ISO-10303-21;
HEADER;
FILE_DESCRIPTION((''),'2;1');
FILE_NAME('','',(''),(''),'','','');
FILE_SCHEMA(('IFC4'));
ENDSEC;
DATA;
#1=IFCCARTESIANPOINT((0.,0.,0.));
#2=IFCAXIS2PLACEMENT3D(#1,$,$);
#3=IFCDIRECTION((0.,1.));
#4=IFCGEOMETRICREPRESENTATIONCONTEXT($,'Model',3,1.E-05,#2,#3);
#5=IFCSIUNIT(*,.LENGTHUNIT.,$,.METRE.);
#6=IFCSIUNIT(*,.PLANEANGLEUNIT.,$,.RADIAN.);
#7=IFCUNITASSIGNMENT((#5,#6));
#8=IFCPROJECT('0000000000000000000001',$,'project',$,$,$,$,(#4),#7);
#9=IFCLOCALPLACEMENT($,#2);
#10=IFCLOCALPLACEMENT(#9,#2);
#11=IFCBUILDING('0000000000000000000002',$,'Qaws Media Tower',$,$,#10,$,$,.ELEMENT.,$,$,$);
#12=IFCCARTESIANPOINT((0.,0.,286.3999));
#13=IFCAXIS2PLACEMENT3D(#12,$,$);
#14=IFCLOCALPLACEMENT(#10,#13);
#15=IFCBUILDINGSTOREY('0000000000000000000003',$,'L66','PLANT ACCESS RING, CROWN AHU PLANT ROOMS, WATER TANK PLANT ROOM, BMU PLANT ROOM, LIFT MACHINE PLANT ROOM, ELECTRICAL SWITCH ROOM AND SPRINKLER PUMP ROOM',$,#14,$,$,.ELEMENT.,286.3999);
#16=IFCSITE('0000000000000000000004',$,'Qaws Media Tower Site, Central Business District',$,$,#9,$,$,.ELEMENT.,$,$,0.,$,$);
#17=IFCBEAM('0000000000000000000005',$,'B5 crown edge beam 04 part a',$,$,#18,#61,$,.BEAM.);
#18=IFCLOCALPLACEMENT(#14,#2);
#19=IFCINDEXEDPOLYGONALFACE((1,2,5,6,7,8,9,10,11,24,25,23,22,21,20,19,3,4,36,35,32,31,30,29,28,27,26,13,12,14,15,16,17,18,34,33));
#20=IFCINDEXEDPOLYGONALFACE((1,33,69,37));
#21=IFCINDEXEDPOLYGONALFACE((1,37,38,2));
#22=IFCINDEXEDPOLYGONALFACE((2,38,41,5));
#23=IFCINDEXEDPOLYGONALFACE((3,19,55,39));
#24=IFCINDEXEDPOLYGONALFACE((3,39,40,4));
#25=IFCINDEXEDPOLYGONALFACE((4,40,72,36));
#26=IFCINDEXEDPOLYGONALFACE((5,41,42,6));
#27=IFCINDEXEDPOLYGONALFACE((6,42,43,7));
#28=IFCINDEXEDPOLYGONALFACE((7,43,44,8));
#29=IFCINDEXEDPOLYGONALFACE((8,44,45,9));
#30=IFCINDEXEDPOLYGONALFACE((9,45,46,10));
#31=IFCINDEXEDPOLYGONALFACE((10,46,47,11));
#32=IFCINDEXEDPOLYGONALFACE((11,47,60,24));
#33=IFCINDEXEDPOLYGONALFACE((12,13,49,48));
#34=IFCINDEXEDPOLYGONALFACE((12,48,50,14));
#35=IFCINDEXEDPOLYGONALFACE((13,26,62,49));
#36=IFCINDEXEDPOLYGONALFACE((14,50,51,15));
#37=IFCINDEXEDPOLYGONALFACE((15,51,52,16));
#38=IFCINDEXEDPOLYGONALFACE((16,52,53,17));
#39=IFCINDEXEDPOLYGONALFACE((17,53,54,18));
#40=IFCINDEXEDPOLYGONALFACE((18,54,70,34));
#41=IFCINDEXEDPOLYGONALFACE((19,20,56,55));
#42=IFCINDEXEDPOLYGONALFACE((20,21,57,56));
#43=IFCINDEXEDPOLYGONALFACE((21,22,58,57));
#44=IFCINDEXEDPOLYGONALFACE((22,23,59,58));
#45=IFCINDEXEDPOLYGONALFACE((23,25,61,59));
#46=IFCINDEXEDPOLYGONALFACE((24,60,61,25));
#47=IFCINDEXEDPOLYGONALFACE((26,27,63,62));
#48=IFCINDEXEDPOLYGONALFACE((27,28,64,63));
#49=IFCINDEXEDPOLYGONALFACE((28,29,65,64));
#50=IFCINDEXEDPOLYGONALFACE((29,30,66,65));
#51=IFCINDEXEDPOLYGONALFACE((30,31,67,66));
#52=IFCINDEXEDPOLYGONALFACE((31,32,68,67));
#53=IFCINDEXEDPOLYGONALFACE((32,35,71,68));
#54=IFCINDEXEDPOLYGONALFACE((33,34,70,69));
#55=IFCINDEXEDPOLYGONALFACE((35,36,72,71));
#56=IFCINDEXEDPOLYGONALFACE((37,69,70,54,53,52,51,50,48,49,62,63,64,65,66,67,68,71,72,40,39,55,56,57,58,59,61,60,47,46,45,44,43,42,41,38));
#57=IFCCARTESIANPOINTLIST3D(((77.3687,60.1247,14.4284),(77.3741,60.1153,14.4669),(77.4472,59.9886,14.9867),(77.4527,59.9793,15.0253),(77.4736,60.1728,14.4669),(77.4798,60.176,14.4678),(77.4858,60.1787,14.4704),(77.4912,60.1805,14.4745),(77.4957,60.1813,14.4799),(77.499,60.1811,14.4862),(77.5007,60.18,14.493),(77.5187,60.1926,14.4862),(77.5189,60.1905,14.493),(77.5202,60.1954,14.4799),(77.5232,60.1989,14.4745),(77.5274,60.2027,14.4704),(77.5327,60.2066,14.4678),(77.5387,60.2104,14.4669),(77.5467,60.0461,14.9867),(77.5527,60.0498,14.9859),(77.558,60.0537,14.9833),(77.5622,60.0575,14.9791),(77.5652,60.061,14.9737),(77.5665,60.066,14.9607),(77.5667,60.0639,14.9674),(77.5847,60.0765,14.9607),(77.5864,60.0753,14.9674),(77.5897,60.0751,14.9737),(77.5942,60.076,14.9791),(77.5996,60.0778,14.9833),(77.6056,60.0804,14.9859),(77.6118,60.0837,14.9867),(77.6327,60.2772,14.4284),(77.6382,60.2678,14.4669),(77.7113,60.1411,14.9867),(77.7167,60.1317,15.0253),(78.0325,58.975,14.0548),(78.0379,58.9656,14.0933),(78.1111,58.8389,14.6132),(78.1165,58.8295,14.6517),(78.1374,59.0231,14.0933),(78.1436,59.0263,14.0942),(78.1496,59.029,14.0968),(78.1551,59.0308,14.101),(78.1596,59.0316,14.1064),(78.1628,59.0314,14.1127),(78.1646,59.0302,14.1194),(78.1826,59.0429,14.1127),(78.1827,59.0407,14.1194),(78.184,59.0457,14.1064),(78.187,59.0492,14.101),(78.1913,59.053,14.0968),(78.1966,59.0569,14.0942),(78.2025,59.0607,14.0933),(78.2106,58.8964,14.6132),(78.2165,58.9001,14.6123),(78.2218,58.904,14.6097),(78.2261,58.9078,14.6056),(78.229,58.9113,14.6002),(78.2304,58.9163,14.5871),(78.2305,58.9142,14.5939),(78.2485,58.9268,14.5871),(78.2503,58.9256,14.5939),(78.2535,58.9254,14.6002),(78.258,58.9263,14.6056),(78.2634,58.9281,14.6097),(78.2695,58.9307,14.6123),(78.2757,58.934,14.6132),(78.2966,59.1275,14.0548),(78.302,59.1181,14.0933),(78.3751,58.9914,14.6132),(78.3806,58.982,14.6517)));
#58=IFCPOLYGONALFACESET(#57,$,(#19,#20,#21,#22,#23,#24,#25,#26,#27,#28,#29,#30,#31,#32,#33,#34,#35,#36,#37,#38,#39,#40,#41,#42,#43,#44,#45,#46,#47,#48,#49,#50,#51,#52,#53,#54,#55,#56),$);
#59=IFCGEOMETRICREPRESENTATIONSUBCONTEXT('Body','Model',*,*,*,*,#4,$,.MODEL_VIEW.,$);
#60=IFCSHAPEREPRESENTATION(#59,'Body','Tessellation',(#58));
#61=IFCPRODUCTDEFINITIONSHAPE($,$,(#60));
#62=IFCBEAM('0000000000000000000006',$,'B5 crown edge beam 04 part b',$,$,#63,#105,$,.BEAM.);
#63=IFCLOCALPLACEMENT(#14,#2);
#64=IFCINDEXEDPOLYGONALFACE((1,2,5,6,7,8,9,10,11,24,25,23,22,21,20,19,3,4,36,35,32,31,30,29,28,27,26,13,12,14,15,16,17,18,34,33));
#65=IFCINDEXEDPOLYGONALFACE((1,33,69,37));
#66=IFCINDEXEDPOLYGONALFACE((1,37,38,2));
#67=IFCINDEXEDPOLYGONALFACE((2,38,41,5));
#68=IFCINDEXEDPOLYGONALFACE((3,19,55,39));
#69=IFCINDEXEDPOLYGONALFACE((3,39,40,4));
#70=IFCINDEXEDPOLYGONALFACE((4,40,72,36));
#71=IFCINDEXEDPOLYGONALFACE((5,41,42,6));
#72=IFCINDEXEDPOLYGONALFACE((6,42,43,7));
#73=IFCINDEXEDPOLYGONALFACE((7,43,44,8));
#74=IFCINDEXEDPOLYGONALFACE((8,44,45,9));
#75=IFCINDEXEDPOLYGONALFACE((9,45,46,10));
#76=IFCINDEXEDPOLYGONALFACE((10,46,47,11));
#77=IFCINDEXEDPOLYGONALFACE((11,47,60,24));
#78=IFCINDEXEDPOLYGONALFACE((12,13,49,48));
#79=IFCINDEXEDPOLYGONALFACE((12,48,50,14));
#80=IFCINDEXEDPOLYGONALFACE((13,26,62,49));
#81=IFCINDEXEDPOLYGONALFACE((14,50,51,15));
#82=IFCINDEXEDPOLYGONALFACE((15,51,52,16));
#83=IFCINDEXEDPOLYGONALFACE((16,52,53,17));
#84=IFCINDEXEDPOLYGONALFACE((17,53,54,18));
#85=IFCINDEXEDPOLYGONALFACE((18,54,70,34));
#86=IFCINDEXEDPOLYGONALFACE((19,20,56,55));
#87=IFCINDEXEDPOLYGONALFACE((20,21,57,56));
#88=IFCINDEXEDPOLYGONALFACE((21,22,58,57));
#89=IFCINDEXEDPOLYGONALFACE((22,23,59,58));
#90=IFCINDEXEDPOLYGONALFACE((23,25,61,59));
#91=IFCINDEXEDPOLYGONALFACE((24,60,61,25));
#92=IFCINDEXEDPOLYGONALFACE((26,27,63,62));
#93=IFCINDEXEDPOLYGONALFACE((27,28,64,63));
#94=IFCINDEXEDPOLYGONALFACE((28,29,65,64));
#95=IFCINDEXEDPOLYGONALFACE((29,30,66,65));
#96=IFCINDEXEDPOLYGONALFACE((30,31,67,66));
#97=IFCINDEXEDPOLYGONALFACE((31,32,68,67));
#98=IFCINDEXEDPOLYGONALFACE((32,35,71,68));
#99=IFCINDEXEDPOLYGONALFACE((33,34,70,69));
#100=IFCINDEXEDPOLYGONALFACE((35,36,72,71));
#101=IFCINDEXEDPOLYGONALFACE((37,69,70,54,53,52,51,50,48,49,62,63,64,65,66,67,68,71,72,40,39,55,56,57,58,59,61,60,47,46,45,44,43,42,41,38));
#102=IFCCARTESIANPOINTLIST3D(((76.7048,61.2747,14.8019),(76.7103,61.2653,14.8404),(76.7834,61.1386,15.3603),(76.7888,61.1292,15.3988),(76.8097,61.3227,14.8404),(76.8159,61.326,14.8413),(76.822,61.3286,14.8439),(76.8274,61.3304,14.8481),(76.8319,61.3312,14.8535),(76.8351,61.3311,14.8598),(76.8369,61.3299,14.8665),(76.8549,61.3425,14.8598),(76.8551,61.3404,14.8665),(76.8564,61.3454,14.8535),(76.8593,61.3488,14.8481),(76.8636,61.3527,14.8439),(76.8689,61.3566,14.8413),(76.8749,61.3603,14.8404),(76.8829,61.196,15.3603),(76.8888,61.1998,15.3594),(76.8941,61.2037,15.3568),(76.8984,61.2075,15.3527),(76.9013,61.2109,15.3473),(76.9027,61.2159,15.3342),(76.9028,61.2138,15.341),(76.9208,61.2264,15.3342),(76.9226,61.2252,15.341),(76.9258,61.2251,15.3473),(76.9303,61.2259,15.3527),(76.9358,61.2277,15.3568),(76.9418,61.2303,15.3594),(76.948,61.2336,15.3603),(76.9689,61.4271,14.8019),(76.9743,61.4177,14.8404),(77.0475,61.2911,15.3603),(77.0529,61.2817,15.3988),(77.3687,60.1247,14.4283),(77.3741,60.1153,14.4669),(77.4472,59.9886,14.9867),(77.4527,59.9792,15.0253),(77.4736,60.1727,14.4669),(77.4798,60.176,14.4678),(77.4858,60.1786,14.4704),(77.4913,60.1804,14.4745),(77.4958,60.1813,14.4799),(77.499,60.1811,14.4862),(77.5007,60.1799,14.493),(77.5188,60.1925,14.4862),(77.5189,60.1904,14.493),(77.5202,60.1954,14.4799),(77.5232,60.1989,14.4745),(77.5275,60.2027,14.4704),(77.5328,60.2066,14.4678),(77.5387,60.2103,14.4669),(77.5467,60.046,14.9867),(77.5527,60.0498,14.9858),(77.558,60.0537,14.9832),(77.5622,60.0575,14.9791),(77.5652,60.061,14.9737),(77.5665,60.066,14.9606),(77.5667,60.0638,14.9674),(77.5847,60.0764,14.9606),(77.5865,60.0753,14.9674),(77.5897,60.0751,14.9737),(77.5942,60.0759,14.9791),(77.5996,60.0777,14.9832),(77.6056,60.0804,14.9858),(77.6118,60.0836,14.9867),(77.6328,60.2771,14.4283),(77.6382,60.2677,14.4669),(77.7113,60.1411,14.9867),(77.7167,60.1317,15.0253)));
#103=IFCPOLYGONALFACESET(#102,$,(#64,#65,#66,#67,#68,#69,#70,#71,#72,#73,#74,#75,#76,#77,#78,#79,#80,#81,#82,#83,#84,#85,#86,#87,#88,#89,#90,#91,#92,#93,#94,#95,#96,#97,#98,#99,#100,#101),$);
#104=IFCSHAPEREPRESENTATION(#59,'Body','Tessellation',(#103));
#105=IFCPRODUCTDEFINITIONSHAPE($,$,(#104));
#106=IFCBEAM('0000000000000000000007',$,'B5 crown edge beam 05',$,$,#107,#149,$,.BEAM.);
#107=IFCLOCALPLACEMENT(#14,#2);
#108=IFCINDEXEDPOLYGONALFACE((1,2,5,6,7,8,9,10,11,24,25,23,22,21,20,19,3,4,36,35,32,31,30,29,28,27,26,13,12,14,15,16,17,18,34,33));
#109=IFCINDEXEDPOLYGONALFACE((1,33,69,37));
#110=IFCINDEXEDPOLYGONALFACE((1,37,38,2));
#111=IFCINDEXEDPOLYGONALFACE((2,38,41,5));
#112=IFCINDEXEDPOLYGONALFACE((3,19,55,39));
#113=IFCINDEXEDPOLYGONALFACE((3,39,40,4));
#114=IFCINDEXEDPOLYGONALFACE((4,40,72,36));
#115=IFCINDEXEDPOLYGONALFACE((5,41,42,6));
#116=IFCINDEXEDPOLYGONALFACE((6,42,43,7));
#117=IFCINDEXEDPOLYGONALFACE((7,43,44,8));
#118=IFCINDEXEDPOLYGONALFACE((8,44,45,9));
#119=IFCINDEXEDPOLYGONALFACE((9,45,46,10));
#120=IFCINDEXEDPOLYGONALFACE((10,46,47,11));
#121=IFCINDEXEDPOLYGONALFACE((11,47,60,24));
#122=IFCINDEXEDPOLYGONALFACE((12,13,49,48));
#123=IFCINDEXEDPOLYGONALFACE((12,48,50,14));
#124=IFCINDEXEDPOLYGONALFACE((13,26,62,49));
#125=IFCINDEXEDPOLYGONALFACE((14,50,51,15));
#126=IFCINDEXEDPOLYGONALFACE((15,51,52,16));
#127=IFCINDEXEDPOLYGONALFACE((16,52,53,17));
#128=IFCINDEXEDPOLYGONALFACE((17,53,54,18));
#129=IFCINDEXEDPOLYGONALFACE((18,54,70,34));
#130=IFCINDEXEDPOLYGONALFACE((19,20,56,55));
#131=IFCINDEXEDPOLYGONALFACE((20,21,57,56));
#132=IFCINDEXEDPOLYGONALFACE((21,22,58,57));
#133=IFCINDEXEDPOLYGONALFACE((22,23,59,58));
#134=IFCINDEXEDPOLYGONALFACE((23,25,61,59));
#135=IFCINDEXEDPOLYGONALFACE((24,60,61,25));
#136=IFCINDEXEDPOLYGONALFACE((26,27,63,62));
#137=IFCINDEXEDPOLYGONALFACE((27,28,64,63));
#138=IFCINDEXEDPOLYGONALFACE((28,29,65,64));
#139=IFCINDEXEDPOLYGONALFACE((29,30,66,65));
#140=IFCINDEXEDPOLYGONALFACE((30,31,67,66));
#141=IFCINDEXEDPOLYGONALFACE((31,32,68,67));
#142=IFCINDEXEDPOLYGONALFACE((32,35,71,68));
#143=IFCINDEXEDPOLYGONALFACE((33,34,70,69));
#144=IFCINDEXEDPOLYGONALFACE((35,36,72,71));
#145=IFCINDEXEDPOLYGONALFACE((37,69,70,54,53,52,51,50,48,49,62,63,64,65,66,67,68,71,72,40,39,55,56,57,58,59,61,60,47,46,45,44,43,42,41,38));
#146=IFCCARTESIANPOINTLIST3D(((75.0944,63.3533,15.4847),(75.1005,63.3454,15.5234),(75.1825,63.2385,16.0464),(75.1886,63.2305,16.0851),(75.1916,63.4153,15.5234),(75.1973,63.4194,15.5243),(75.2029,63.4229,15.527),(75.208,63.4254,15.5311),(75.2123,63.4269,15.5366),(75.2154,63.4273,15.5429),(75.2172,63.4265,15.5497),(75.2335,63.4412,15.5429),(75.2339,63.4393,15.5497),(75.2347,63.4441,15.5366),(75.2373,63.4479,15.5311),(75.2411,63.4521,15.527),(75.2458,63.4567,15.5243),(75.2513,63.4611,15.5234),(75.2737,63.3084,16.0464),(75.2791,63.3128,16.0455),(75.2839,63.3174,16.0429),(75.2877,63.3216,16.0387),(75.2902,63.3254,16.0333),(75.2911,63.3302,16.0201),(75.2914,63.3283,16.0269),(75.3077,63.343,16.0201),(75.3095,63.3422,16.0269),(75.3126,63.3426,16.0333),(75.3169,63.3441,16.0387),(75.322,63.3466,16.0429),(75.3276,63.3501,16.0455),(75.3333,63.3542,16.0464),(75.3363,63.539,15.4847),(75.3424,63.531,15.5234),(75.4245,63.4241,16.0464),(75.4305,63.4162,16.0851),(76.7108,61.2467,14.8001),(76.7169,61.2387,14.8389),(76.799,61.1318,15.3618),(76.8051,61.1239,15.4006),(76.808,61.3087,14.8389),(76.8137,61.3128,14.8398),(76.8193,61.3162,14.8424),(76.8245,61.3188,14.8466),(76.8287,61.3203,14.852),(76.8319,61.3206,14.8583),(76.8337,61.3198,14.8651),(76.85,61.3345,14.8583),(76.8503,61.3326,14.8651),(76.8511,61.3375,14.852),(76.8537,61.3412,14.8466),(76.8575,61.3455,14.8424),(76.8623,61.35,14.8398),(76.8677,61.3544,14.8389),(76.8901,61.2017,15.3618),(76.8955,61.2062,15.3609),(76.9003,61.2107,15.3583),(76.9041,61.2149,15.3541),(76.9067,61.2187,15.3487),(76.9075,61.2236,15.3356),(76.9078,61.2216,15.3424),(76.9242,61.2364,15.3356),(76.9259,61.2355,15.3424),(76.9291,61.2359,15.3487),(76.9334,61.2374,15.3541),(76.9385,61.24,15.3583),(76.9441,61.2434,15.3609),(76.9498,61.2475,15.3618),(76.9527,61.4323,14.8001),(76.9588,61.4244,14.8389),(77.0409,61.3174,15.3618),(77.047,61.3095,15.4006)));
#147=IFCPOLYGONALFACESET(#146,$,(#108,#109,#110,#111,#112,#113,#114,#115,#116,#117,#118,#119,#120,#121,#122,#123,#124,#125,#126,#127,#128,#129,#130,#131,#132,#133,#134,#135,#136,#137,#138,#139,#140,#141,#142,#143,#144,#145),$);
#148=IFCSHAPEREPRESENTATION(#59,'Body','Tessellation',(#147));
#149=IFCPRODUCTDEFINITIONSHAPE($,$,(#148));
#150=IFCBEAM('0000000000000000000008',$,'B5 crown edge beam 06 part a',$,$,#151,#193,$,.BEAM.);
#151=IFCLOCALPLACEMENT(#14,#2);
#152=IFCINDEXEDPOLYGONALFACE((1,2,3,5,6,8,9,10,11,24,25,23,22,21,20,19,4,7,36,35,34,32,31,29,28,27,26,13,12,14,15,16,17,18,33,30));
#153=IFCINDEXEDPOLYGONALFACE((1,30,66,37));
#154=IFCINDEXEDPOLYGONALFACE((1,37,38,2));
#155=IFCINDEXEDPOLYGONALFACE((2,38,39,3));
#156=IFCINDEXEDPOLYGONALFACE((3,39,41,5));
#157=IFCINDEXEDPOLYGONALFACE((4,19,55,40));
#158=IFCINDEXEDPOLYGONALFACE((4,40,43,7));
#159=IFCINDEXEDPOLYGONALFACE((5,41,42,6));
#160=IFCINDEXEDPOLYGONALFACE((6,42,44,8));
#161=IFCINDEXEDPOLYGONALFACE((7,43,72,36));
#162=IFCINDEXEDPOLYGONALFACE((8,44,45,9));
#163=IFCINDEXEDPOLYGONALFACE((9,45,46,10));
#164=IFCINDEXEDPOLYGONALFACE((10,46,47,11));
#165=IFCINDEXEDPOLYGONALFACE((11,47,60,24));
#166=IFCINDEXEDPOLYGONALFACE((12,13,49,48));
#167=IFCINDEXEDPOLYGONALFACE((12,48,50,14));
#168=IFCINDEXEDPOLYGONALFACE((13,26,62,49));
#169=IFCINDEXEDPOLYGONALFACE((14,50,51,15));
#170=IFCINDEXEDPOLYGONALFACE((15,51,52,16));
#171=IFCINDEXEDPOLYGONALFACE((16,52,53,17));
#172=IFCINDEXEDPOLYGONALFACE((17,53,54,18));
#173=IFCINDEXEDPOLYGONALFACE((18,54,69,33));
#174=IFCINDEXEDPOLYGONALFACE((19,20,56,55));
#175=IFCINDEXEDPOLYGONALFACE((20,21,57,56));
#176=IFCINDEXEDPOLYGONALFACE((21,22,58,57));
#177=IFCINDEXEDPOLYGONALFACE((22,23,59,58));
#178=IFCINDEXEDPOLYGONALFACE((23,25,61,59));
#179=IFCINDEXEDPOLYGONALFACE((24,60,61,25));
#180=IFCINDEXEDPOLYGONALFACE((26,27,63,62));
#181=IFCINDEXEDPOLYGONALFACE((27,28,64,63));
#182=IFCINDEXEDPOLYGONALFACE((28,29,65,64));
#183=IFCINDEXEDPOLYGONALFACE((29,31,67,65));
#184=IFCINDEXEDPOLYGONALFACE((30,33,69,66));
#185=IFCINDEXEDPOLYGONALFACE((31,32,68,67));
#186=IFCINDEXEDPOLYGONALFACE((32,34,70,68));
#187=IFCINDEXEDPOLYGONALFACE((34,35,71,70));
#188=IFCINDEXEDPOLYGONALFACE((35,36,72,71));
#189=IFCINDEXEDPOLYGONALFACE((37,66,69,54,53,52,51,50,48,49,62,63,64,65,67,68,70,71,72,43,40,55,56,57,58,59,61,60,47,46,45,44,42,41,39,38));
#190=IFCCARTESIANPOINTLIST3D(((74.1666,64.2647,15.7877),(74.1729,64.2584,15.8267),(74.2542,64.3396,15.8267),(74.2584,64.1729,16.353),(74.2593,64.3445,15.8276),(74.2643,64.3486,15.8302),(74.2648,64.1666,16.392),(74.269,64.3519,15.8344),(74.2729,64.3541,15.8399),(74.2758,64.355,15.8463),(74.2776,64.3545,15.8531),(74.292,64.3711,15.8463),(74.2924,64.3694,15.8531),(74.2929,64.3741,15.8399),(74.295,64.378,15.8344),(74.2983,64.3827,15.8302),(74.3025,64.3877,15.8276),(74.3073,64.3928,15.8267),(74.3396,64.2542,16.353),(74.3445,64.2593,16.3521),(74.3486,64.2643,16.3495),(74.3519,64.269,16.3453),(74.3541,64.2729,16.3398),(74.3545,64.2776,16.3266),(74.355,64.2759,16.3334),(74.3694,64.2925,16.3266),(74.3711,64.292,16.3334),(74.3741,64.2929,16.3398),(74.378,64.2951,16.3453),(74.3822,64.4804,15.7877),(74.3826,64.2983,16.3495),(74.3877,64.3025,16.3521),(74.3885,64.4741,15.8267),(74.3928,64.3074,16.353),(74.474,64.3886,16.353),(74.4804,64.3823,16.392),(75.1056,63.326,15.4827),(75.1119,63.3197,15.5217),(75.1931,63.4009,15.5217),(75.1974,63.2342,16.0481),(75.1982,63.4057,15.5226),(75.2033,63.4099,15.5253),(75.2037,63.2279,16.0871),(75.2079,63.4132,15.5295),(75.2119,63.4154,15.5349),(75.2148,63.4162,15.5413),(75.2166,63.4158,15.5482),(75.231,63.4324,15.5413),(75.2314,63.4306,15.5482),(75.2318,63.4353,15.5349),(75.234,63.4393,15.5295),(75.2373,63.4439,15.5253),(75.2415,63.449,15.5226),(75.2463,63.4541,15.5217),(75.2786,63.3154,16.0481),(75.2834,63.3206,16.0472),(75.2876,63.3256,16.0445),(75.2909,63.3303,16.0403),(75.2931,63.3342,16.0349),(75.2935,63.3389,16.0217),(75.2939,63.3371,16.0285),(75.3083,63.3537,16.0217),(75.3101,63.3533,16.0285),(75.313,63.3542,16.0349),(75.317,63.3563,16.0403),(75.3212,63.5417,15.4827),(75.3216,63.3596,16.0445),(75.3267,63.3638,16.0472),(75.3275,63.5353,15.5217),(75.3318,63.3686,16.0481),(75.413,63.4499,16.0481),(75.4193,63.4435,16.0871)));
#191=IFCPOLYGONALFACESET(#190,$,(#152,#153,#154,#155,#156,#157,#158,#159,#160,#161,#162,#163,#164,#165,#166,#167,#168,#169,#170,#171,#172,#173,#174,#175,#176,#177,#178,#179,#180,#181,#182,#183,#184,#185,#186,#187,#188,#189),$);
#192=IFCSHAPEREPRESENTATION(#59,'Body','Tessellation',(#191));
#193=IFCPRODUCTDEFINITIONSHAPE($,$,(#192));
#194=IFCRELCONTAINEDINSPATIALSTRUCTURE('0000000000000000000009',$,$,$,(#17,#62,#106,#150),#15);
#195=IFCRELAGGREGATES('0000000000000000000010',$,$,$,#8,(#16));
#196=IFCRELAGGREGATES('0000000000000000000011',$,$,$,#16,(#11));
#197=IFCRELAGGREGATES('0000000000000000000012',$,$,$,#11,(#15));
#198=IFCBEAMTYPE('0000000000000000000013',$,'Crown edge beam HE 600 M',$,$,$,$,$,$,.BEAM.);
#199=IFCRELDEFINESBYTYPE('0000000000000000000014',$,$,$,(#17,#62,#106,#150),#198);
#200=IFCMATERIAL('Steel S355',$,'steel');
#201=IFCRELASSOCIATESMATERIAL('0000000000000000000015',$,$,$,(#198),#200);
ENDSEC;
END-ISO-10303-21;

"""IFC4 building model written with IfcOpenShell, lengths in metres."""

from ifc_helpers import new_model, si_unit, direction, frame, origin, origin_2d, place, context, subcontext, project, spatial, i_section, extrude, material, material_profile, profile_set, type_object, element, save


model = new_model("IFC4")

# Units and contexts
model_context = context("Model", 3, precision=1e-05, world=origin(), true_north=direction((0.0, 1.0)))
body_context = subcontext(model_context, "Body", "Model", "MODEL_VIEW")
ifc_project = project(units=[si_unit("LENGTHUNIT", "METRE"), si_unit("PLANEANGLEUNIT", "RADIAN")], contexts=[model_context])

# Site, building, storey
site_placement = place(None, origin())
site = spatial("IfcSite", under=ifc_project, at=site_placement, Name="Qaws Media Tower Site, Central Business District", CompositionType="ELEMENT", RefElevation=0.0)
building_placement = place(site_placement, origin())
building = spatial("IfcBuilding", under=site, at=building_placement, Name="Qaws Media Tower", CompositionType="ELEMENT")
storey_placement = place(building_placement, frame((0.0, 0.0, 286.3999)))
storey = spatial("IfcBuildingStorey", under=building, at=storey_placement, Name="L66", Description="PLANT ACCESS RING, CROWN AHU PLANT ROOMS, WATER TANK PLANT ROOM, BMU PLANT ROOM, LIFT MACHINE PLANT ROOM, ELECTRICAL SWITCH ROOM AND SPRINKLER PUMP ROOM", CompositionType="ELEMENT", Elevation=286.3999)

# Beams
ifc_material_1 = material(Name="Steel S355", Category="steel")
ifc_material_profile_1 = material_profile(ifc_material_1, i_section(OverallWidth=0.3049, OverallDepth=0.6201, WebThickness=0.021, FlangeThickness=0.04, FilletRadius=0.0271, at=origin_2d()), Name="HE 600 M")
ifc_profile_set_1 = profile_set([ifc_material_profile_1], Name="Steel S355")
beam_type_1 = type_object("IfcBeamType", Name="Crown edge beam HE 600 M", PredefinedType="BEAM", material=ifc_profile_set_1)
beam_1_placement = place(storey_placement, frame((78.2065, 58.9785, 14.3533), z_axis=(-0.481344, 0.833634, 0.270856), x_axis=(-0.866005, -0.500036, 0.0)))
element("IfcBeam", 1, at=beam_1_placement, inside=storey, type_object=beam_type_1, Name="B5 crown edge beam 04 part a", PredefinedType="BEAM", context=body_context, shape_type="SweptSolid", body=[
    extrude(i_section(OverallWidth=0.3049, OverallDepth=0.6201, WebThickness=0.021, FlangeThickness=0.04, FilletRadius=0.0271, at=origin_2d()), origin(), (0.0, 0.0, 1.0), 1.3792),
])
beam_2_placement = place(storey_placement, frame((77.5427, 60.1282, 14.7268), z_axis=(-0.481273, 0.833688, 0.270816), x_axis=(-0.866051, -0.499956, 0.0)))
element("IfcBeam", 2, at=beam_2_placement, inside=storey, type_object=beam_type_1, Name="B5 crown edge beam 04 part b", PredefinedType="BEAM", context=body_context, shape_type="SweptSolid", body=[
    extrude(i_section(OverallWidth=0.3049, OverallDepth=0.6201, WebThickness=0.021, FlangeThickness=0.04, FilletRadius=0.0271, at=origin_2d()), origin(), (0.0, 0.0, 1.0), 1.3794),
])
beam_3_placement = place(storey_placement, frame((76.8789, 61.2781, 15.1003), z_axis=(-0.589472, 0.768246, 0.249642), x_axis=(-0.793365, -0.608746, 0.0)))
element("IfcBeam", 3, at=beam_3_placement, inside=storey, type_object=beam_type_1, Name="B5 crown edge beam 05", PredefinedType="BEAM", context=body_context, shape_type="SweptSolid", body=[
    extrude(i_section(OverallWidth=0.3049, OverallDepth=0.6201, WebThickness=0.021, FlangeThickness=0.04, FilletRadius=0.0271, at=origin_2d()), origin(), (0.0, 0.0, 1.0), 2.7422),
])
for number, where, z_axis, x_axis, name in (
    (4, (75.2625, 63.3848, 15.7849), (-0.689255, 0.689075, 0.223837), (-0.707015, -0.707199, 0.0), "B5 crown edge beam 06 part a"),
):
    element("IfcBeam", number, at=place(storey_placement, frame(where, z_axis=z_axis, x_axis=x_axis)), inside=storey, type_object=beam_type_1, Name=name, PredefinedType="BEAM", context=body_context, shape_type="SweptSolid", body=[
        extrude(i_section(OverallWidth=0.3049, OverallDepth=0.6201, WebThickness=0.021, FlangeThickness=0.04, FilletRadius=0.0271, at=origin_2d()), origin(), (0.0, 0.0, 1.0), 1.3623),
    ])

save(model, "model.ifc")
